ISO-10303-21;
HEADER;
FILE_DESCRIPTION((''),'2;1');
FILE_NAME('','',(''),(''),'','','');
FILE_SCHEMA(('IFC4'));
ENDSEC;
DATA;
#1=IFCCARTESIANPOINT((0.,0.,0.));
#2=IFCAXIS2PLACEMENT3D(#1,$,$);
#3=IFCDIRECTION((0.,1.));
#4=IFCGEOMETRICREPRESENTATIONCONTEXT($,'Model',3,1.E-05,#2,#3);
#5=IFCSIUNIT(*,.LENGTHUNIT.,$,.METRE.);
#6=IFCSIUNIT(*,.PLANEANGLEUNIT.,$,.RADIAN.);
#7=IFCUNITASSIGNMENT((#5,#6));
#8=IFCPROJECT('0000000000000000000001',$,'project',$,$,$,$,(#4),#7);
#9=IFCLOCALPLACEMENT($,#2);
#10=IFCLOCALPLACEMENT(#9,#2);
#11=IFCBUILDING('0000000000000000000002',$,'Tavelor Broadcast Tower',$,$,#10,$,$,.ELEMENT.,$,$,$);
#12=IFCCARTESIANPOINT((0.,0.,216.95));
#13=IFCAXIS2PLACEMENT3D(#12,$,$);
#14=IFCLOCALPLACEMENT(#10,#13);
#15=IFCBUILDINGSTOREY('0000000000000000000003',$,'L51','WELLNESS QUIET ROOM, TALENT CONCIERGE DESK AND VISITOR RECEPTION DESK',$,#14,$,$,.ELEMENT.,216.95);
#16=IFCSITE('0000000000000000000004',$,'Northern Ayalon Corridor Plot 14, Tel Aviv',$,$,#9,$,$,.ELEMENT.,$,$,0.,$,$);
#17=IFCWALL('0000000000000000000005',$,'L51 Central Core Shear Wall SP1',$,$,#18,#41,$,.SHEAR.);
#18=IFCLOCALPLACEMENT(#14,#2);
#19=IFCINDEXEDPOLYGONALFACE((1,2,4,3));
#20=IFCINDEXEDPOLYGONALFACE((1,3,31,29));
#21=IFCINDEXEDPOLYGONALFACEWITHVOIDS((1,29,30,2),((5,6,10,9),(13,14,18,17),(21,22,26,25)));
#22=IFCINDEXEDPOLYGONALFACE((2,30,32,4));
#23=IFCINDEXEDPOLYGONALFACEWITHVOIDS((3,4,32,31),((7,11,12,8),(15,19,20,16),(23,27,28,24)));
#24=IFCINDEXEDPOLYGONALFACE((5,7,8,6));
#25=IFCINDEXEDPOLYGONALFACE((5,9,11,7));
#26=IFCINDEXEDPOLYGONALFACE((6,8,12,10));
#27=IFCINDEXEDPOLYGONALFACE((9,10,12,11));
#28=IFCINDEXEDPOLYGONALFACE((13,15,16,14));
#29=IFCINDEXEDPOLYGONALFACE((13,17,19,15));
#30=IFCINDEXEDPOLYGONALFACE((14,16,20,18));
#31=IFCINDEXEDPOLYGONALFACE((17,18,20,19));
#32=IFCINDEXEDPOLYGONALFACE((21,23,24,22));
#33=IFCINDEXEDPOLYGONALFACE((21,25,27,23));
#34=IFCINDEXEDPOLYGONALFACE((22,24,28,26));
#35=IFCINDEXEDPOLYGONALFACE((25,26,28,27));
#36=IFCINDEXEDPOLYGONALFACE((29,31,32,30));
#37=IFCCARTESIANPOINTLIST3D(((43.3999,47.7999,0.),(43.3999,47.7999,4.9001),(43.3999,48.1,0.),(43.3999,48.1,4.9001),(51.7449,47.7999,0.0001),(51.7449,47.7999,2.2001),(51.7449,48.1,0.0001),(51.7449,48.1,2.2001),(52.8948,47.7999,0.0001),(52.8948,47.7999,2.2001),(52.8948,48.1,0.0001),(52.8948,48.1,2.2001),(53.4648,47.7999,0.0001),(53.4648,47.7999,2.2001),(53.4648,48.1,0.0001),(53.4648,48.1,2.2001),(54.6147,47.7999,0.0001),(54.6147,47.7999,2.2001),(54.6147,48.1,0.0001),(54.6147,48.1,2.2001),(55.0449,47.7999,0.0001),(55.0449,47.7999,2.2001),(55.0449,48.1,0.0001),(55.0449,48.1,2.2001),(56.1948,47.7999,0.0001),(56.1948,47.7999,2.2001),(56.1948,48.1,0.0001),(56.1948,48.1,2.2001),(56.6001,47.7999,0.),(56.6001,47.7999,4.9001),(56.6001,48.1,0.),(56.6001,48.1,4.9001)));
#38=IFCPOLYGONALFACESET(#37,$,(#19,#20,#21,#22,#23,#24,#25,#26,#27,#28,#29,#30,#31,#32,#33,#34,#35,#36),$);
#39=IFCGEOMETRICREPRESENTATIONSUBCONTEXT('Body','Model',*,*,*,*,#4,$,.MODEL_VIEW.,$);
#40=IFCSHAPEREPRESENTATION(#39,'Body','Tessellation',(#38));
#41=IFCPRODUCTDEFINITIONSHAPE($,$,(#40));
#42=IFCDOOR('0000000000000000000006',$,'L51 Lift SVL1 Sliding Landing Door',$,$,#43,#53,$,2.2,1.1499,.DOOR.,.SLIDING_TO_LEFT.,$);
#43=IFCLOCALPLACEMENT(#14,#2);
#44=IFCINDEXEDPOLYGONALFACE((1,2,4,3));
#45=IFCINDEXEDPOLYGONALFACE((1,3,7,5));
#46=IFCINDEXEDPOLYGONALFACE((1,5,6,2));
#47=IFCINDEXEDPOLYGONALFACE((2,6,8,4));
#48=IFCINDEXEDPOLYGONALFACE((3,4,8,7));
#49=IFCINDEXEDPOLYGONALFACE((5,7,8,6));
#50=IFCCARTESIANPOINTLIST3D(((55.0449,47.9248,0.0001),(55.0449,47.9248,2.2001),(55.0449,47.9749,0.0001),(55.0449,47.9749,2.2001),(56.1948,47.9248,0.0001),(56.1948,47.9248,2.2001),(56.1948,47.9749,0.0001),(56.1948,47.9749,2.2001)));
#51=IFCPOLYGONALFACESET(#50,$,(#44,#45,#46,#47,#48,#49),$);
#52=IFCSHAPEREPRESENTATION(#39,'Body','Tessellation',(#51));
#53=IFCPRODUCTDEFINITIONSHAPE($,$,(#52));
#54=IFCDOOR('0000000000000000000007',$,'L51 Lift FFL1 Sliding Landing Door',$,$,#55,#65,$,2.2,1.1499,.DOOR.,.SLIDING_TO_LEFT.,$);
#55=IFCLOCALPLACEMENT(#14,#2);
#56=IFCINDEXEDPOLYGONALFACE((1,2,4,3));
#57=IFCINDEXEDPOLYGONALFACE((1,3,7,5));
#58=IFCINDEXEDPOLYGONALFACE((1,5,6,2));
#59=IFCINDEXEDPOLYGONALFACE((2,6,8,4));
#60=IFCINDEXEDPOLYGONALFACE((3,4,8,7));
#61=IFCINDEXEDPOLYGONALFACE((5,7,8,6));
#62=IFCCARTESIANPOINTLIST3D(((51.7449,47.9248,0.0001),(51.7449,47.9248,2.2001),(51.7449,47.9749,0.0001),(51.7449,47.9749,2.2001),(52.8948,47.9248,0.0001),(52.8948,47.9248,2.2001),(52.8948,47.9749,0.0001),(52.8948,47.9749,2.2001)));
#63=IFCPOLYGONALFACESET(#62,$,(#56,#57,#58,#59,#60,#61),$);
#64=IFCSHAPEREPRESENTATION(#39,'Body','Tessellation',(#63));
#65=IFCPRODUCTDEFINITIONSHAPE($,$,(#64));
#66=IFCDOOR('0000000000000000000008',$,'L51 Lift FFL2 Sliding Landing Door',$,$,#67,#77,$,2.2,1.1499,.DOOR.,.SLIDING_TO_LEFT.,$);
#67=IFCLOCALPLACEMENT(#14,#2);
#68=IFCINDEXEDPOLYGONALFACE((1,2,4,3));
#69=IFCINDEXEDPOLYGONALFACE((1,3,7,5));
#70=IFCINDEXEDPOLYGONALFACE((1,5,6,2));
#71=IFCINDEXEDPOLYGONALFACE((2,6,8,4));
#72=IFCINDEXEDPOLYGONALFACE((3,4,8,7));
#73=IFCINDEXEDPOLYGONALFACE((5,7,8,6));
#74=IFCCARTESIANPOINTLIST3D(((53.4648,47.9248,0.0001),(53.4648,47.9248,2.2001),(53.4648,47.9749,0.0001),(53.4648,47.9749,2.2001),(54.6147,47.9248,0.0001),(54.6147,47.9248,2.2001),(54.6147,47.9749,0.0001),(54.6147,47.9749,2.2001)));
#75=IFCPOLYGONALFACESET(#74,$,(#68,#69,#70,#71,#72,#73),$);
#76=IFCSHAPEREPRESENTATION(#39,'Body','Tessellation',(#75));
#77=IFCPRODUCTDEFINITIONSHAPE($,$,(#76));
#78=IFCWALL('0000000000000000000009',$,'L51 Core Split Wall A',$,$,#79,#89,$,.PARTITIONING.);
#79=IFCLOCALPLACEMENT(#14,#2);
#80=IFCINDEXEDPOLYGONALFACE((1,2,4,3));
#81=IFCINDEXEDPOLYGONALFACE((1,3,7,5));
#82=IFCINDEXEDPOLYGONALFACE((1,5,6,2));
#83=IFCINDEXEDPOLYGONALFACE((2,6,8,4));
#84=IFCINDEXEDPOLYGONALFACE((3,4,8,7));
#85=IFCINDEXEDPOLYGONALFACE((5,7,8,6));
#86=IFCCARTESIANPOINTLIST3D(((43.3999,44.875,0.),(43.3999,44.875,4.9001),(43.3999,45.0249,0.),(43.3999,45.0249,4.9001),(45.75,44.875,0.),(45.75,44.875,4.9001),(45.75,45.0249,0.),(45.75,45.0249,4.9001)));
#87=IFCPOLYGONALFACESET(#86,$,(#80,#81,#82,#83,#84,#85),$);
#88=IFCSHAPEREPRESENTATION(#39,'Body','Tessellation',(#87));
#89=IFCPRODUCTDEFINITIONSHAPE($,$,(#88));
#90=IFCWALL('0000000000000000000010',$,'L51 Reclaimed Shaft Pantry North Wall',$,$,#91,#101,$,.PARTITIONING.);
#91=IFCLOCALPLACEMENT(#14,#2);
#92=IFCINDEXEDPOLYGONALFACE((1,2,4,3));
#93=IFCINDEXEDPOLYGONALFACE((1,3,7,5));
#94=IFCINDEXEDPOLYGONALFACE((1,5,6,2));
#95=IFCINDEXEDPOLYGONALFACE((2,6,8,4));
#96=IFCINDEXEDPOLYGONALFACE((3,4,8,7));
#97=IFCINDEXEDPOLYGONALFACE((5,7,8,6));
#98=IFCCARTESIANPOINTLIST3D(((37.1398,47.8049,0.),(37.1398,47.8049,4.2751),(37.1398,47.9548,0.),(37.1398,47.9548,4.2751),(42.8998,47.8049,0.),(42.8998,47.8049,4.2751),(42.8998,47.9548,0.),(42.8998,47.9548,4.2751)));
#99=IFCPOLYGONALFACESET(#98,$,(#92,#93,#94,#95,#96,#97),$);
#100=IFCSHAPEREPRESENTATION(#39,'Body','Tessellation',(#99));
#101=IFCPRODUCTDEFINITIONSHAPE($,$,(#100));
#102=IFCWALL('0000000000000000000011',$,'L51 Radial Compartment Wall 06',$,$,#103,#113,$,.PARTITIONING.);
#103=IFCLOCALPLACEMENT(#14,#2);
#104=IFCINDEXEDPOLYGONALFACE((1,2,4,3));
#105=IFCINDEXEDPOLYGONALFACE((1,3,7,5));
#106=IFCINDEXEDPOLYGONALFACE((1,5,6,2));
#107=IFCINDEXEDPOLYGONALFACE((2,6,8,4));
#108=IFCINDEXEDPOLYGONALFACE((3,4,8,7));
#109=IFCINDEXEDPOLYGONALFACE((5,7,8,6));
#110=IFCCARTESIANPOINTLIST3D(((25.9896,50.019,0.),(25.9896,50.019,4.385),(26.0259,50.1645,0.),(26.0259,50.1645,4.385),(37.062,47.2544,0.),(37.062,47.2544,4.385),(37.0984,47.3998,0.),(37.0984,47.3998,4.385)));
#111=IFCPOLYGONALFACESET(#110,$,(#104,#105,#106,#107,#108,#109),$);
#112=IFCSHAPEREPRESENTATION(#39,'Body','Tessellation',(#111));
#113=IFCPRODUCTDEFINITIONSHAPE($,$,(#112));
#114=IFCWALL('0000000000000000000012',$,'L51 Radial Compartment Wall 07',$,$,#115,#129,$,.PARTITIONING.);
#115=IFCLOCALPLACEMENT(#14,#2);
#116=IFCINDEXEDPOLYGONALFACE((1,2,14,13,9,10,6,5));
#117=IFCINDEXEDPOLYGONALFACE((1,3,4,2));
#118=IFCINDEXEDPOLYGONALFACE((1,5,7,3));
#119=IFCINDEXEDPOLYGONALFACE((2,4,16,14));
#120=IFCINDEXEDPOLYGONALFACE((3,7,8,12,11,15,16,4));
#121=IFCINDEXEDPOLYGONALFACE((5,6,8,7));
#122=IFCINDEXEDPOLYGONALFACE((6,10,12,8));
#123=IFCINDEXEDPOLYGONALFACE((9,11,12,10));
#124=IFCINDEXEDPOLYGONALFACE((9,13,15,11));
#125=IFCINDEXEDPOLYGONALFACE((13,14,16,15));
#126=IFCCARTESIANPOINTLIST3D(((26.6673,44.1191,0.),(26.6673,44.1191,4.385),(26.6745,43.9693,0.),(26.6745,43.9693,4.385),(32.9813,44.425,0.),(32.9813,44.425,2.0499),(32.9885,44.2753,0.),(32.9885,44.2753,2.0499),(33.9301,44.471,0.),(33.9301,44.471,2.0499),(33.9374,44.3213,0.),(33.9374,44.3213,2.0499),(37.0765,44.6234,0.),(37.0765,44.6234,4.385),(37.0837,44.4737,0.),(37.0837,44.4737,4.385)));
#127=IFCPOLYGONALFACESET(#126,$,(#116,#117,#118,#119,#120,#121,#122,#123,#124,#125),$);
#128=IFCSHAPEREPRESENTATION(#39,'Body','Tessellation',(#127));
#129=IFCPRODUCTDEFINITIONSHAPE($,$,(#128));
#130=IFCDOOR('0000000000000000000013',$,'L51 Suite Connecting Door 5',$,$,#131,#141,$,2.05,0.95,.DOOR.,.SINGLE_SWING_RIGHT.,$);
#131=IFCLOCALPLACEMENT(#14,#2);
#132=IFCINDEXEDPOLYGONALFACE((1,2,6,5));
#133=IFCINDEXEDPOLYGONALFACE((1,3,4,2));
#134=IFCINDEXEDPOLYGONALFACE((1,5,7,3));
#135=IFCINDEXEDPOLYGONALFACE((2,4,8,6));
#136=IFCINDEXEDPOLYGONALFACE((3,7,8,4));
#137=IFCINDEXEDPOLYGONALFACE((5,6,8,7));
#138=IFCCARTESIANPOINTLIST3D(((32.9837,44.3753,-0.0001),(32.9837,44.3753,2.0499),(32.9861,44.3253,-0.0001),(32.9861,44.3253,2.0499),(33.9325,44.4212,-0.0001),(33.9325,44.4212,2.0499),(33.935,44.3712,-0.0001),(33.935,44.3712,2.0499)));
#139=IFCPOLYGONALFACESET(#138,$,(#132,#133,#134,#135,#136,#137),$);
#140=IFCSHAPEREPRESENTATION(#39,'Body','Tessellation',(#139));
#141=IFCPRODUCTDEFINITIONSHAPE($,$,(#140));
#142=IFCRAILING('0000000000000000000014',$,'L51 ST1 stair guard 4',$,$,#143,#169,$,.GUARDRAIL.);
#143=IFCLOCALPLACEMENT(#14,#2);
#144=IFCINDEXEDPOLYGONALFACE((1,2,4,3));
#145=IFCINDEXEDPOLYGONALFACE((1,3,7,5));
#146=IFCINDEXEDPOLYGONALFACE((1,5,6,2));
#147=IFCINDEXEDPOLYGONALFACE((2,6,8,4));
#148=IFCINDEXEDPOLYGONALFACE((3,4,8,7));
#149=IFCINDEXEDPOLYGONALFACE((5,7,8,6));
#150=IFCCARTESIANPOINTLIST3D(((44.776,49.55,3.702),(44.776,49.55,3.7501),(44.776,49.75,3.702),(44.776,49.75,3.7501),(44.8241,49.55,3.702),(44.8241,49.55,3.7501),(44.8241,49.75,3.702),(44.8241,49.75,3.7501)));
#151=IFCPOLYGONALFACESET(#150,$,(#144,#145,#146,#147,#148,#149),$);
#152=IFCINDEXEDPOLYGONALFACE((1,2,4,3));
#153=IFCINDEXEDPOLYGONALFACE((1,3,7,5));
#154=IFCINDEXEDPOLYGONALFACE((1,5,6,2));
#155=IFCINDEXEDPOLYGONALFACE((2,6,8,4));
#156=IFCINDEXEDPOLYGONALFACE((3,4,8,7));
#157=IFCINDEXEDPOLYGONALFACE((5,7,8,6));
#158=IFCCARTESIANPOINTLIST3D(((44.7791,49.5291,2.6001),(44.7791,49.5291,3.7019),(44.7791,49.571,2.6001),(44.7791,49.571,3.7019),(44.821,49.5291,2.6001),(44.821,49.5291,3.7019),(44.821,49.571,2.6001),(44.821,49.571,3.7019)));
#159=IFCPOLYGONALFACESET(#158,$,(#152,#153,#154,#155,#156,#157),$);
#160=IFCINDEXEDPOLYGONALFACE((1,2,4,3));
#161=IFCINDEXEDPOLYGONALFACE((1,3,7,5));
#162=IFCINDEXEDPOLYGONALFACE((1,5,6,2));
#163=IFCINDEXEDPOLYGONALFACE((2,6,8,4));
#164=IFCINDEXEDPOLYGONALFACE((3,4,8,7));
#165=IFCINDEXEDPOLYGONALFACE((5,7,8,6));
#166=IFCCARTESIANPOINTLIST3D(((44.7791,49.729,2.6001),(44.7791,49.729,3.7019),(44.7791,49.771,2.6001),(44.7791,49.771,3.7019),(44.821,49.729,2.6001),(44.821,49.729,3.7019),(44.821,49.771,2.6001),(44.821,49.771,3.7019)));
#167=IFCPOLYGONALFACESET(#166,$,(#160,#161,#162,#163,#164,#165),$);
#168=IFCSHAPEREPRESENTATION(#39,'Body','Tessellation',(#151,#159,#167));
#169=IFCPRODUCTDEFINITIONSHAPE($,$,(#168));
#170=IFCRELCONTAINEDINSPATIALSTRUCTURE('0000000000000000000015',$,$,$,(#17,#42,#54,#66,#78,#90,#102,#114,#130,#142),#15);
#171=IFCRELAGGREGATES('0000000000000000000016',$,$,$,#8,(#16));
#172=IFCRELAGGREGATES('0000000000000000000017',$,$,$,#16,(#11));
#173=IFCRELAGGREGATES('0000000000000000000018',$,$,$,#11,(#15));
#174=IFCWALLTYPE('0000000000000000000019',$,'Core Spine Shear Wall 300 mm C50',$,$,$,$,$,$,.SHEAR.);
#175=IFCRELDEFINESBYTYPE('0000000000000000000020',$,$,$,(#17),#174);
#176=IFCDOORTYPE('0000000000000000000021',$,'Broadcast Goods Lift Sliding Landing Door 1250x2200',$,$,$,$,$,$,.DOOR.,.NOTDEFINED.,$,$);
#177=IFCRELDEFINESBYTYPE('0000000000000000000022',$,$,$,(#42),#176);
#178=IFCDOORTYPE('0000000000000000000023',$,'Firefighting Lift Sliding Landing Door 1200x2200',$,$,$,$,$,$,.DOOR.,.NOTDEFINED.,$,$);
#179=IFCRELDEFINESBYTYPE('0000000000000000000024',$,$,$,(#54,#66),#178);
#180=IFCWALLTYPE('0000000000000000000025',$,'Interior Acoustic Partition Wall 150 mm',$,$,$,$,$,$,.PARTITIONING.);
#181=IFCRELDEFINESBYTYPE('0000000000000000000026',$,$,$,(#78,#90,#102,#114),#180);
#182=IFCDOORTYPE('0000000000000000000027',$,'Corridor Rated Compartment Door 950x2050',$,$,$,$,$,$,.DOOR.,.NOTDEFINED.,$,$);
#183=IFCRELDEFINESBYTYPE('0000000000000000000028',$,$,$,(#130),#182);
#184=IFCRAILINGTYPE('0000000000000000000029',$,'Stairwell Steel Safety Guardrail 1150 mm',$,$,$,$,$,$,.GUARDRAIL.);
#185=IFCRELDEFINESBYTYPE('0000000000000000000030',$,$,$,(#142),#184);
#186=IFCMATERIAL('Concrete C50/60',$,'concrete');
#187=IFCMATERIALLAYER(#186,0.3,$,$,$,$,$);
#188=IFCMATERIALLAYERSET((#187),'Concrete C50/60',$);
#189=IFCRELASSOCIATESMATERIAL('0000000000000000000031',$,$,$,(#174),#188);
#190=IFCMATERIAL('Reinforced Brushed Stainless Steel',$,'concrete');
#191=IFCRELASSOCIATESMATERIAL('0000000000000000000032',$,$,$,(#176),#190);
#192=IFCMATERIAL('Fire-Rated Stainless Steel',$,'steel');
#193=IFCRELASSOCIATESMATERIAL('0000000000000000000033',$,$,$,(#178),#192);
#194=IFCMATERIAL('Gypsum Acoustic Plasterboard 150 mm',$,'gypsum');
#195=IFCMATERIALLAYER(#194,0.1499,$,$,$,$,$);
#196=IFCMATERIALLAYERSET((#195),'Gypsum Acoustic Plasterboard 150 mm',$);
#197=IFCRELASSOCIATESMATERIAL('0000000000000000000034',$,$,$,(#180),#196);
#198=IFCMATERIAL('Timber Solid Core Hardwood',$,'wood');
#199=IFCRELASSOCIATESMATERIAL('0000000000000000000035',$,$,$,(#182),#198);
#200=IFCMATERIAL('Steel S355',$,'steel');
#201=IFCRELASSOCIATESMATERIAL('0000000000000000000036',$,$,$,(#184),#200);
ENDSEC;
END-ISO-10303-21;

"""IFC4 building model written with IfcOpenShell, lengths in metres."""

from ifc_helpers import new_model, si_unit, direction, frame, frame_2d, origin, origin_2d, place, context, subcontext, project, spatial, rectangle, extrude, material, layer, layer_set, type_object, element, fill, save


model = new_model("IFC4")

# Units and contexts
model_context = context("Model", 3, precision=1e-05, world=origin(), true_north=direction((0.0, 1.0)))
body_context = subcontext(model_context, "Body", "Model", "MODEL_VIEW")
ifc_project = project(units=[si_unit("LENGTHUNIT", "METRE"), si_unit("PLANEANGLEUNIT", "RADIAN")], contexts=[model_context])

# Site, building, storey
site_placement = place(None, origin())
site = spatial("IfcSite", under=ifc_project, at=site_placement, Name="Northern Ayalon Corridor Plot 14, Tel Aviv", CompositionType="ELEMENT", RefElevation=0.0)
building_placement = place(site_placement, origin())
building = spatial("IfcBuilding", under=site, at=building_placement, Name="Tavelor Broadcast Tower", CompositionType="ELEMENT")
storey_placement = place(building_placement, frame((0.0, 0.0, 216.95)))
storey = spatial("IfcBuildingStorey", under=building, at=storey_placement, Name="L51", Description="WELLNESS QUIET ROOM, TALENT CONCIERGE DESK AND VISITOR RECEPTION DESK", CompositionType="ELEMENT", Elevation=216.95)

# Shared definitions
ifc_material_1 = material(Name="Concrete C50/60", Category="concrete")

# Shared definitions
ifc_material_2 = material(Name="Steel S355", Category="steel")

# Wall, openings, doors
ifc_layer_1 = layer(ifc_material_1, 0.3)
ifc_layer_set_1 = layer_set([ifc_layer_1], Name="Concrete C50/60")
wall_type_1 = type_object("IfcWallType", Name="Core Spine Shear Wall 300 mm C50", PredefinedType="SHEAR", material=ifc_layer_set_1)
wall_1_placement = place(storey_placement, frame((43.3999, 47.95, 0.0), z_axis=(0.0, 0.0, 1.0), x_axis=(1.0, 0.0, 0.0)))
wall_1 = element("IfcWall", 1, at=wall_1_placement, inside=storey, type_object=wall_type_1, Name="L51 Central Core Shear Wall SP1", PredefinedType="SHEAR", context=body_context, shape_type="SweptSolid", body=[
    extrude(rectangle(XDim=13.2002, YDim=0.3, at=frame_2d((6.6001, 0.0))), origin(), (0.0, 0.0, 1.0), 4.9001),
])
opening_1_placement = place(wall_1_placement, frame((8.345, 0.0, 0.0)))
opening_1 = element("IfcOpeningElement", 2, at=opening_1_placement, cuts=wall_1, PredefinedType="OPENING", context=body_context, shape_type="SweptSolid", body=[
    extrude(rectangle(XDim=1.1499, YDim=2.2, at=frame_2d((0.575, 1.1001))), frame((0.0, 0.1602, 0.0), z_axis=(0.0, -1.0, 0.0), x_axis=(1.0, 0.0, 0.0)), (0.0, 0.0, 1.0), 0.3201),
])
opening_2_placement = place(wall_1_placement, frame((10.0649, 0.0, 0.0)))
opening_2 = element("IfcOpeningElement", 3, at=opening_2_placement, cuts=wall_1, PredefinedType="OPENING", context=body_context, shape_type="SweptSolid", body=[
    extrude(rectangle(XDim=1.1499, YDim=2.2, at=frame_2d((0.575, 1.1001))), frame((0.0, 0.1602, 0.0), z_axis=(0.0, -1.0, 0.0), x_axis=(1.0, 0.0, 0.0)), (0.0, 0.0, 1.0), 0.3201),
])
opening_3_placement = place(wall_1_placement, frame((11.645, 0.0, 0.0)))
opening_3 = element("IfcOpeningElement", 4, at=opening_3_placement, cuts=wall_1, PredefinedType="OPENING", context=body_context, shape_type="SweptSolid", body=[
    extrude(rectangle(XDim=1.1499, YDim=2.2, at=frame_2d((0.575, 1.1001))), frame((0.0, 0.1602, 0.0), z_axis=(0.0, -1.0, 0.0), x_axis=(1.0, 0.0, 0.0)), (0.0, 0.0, 1.0), 0.3201),
])
ifc_material_3 = material(Name="Reinforced Brushed Stainless Steel", Category="concrete")
door_type_1 = type_object("IfcDoorType", Name="Broadcast Goods Lift Sliding Landing Door 1250x2200", OperationType="NOTDEFINED", PredefinedType="DOOR", material=ifc_material_3)
door_1_placement = place(opening_3_placement, origin())
door_1 = element("IfcDoor", 5, at=door_1_placement, inside=storey, type_object=door_type_1, Name="L51 Lift SVL1 Sliding Landing Door", OperationType="SLIDING_TO_LEFT", OverallHeight=2.2, OverallWidth=1.1499, PredefinedType="DOOR", context=body_context, shape_type="SweptSolid", body=[
    extrude(rectangle(XDim=1.1499, YDim=2.2, at=frame_2d((0.575, 1.1001))), frame((0.0, 0.0249, 0.0), z_axis=(0.0, -1.0, 0.0), x_axis=(1.0, 0.0, 0.0)), (0.0, 0.0, 1.0), 0.05),
])
fill(opening_3, door_1)
ifc_material_4 = material(Name="Fire-Rated Stainless Steel", Category="steel")
door_type_2 = type_object("IfcDoorType", Name="Firefighting Lift Sliding Landing Door 1200x2200", OperationType="NOTDEFINED", PredefinedType="DOOR", material=ifc_material_4)
door_2_placement = place(opening_1_placement, origin())
door_2 = element("IfcDoor", 6, at=door_2_placement, inside=storey, type_object=door_type_2, Name="L51 Lift FFL1 Sliding Landing Door", OperationType="SLIDING_TO_LEFT", OverallHeight=2.2, OverallWidth=1.1499, PredefinedType="DOOR", context=body_context, shape_type="SweptSolid", body=[
    extrude(rectangle(XDim=1.1499, YDim=2.2, at=frame_2d((0.575, 1.1001))), frame((0.0, 0.0249, 0.0), z_axis=(0.0, -1.0, 0.0), x_axis=(1.0, 0.0, 0.0)), (0.0, 0.0, 1.0), 0.05),
])
fill(opening_1, door_2)
door_3_placement = place(opening_2_placement, origin())
door_3 = element("IfcDoor", 7, at=door_3_placement, inside=storey, type_object=door_type_2, Name="L51 Lift FFL2 Sliding Landing Door", OperationType="SLIDING_TO_LEFT", OverallHeight=2.2, OverallWidth=1.1499, PredefinedType="DOOR", context=body_context, shape_type="SweptSolid", body=[
    extrude(rectangle(XDim=1.1499, YDim=2.2, at=frame_2d((0.575, 1.1001))), frame((0.0, 0.0249, 0.0), z_axis=(0.0, -1.0, 0.0), x_axis=(1.0, 0.0, 0.0)), (0.0, 0.0, 1.0), 0.05),
])
fill(opening_2, door_3)

# Walls
ifc_material_5 = material(Name="Gypsum Acoustic Plasterboard 150 mm", Category="gypsum")
ifc_layer_2 = layer(ifc_material_5, 0.1499)
ifc_layer_set_2 = layer_set([ifc_layer_2], Name="Gypsum Acoustic Plasterboard 150 mm")
wall_type_2 = type_object("IfcWallType", Name="Interior Acoustic Partition Wall 150 mm", PredefinedType="PARTITIONING", material=ifc_layer_set_2)
wall_2_placement = place(storey_placement, frame((43.3999, 44.95, 0.0), z_axis=(0.0, 0.0, 1.0), x_axis=(1.0, 0.0, 0.0)))
element("IfcWall", 8, at=wall_2_placement, inside=storey, type_object=wall_type_2, Name="L51 Core Split Wall A", PredefinedType="PARTITIONING", context=body_context, shape_type="SweptSolid", body=[
    extrude(rectangle(XDim=2.3501, YDim=0.1499, at=frame_2d((1.175, 0.0))), origin(), (0.0, 0.0, 1.0), 4.9001),
])
wall_3_placement = place(storey_placement, frame((37.1399, 47.8799, 0.0), z_axis=(0.0, 0.0, 1.0), x_axis=(1.0, 0.0, 0.0)))
element("IfcWall", 9, at=wall_3_placement, inside=storey, type_object=wall_type_2, Name="L51 Reclaimed Shaft Pantry North Wall", PredefinedType="PARTITIONING", context=body_context, shape_type="SweptSolid", body=[
    extrude(rectangle(XDim=5.76, YDim=0.1499, at=frame_2d((2.8799, 0.0))), origin(), (0.0, 0.0, 1.0), 4.2751),
])
wall_4_placement = place(storey_placement, frame((37.0801, 47.3271, 0.0), z_axis=(0.0, 0.0, 1.0), x_axis=(-0.970214, 0.242249, 0.0)))
element("IfcWall", 10, at=wall_4_placement, inside=storey, type_object=wall_type_2, Name="L51 Radial Compartment Wall 06", PredefinedType="PARTITIONING", context=body_context, shape_type="SweptSolid", body=[
    extrude(rectangle(XDim=11.4124, YDim=0.1499, at=frame_2d((5.7061, 0.0))), origin(), (0.0, 0.0, 1.0), 4.385),
])

# Wall, opening, door
wall_5_placement = place(storey_placement, frame((37.0801, 44.5486, 0.0), z_axis=(0.0, 0.0, 1.0), x_axis=(-0.998828, -0.0484, 0.0)))
wall_5 = element("IfcWall", 11, at=wall_5_placement, inside=storey, type_object=wall_type_2, Name="L51 Radial Compartment Wall 07", PredefinedType="PARTITIONING", context=body_context, shape_type="SweptSolid", body=[
    extrude(rectangle(XDim=10.4214, YDim=0.1499, at=frame_2d((5.2107, 0.0))), origin(), (0.0, 0.0, 1.0), 4.385),
])
opening_4_placement = place(wall_5_placement, frame((3.1499, 0.0, 0.0)))
opening_4 = element("IfcOpeningElement", 12, at=opening_4_placement, cuts=wall_5, PredefinedType="OPENING", context=body_context, shape_type="SweptSolid", body=[
    extrude(rectangle(XDim=0.95, YDim=2.05, at=frame_2d((0.4751, 1.0249))), frame((0.0, 0.085, 0.0), z_axis=(0.0, -1.0, 0.0), x_axis=(1.0, 0.0, 0.0)), (0.0, 0.0, 1.0), 0.1699),
])
ifc_material_6 = material(Name="Timber Solid Core Hardwood", Category="wood")
door_type_3 = type_object("IfcDoorType", Name="Corridor Rated Compartment Door 950x2050", OperationType="NOTDEFINED", PredefinedType="DOOR", material=ifc_material_6)
door_4_placement = place(opening_4_placement, origin())
door_4 = element("IfcDoor", 13, at=door_4_placement, inside=storey, type_object=door_type_3, Name="L51 Suite Connecting Door 5", OperationType="SINGLE_SWING_RIGHT", OverallHeight=2.05, OverallWidth=0.95, PredefinedType="DOOR", context=body_context, shape_type="SweptSolid", body=[
    extrude(rectangle(XDim=0.95, YDim=2.05, at=frame_2d((0.4751, 1.0249))), frame((0.0, 0.0249, 0.0), z_axis=(0.0, -1.0, 0.0), x_axis=(1.0, 0.0, 0.0)), (0.0, 0.0, 1.0), 0.05),
])
fill(opening_4, door_4)

# Railing
railing_type = type_object("IfcRailingType", Name="Stairwell Steel Safety Guardrail 1150 mm", PredefinedType="GUARDRAIL", material=ifc_material_2)
for number, where, name in (
    (14, (44.8, 49.55, 2.6001), "L51 ST1 stair guard 4"),
):
    element("IfcRailing", number, at=place(storey_placement, frame(where)), inside=storey, type_object=railing_type, Name=name, PredefinedType="GUARDRAIL", context=body_context, shape_type="SweptSolid", body=[
        extrude(rectangle(XDim=0.0481, YDim=0.0481, at=origin_2d()), frame((0.0, 0.0, 1.126), z_axis=(0.0, 1.0, 0.0), x_axis=(-1.0, 0.0, 0.0)), (0.0, 0.0, 1.0), 0.2),
        extrude(rectangle(XDim=0.042, YDim=0.042, at=origin_2d()), origin(), (0.0, 0.0, 1.0), 1.1018),
        extrude(rectangle(XDim=0.042, YDim=0.042, at=origin_2d()), frame((0.0, 0.2, 0.0)), (0.0, 0.0, 1.0), 1.1018),
    ])

save(model, "model.ifc")
